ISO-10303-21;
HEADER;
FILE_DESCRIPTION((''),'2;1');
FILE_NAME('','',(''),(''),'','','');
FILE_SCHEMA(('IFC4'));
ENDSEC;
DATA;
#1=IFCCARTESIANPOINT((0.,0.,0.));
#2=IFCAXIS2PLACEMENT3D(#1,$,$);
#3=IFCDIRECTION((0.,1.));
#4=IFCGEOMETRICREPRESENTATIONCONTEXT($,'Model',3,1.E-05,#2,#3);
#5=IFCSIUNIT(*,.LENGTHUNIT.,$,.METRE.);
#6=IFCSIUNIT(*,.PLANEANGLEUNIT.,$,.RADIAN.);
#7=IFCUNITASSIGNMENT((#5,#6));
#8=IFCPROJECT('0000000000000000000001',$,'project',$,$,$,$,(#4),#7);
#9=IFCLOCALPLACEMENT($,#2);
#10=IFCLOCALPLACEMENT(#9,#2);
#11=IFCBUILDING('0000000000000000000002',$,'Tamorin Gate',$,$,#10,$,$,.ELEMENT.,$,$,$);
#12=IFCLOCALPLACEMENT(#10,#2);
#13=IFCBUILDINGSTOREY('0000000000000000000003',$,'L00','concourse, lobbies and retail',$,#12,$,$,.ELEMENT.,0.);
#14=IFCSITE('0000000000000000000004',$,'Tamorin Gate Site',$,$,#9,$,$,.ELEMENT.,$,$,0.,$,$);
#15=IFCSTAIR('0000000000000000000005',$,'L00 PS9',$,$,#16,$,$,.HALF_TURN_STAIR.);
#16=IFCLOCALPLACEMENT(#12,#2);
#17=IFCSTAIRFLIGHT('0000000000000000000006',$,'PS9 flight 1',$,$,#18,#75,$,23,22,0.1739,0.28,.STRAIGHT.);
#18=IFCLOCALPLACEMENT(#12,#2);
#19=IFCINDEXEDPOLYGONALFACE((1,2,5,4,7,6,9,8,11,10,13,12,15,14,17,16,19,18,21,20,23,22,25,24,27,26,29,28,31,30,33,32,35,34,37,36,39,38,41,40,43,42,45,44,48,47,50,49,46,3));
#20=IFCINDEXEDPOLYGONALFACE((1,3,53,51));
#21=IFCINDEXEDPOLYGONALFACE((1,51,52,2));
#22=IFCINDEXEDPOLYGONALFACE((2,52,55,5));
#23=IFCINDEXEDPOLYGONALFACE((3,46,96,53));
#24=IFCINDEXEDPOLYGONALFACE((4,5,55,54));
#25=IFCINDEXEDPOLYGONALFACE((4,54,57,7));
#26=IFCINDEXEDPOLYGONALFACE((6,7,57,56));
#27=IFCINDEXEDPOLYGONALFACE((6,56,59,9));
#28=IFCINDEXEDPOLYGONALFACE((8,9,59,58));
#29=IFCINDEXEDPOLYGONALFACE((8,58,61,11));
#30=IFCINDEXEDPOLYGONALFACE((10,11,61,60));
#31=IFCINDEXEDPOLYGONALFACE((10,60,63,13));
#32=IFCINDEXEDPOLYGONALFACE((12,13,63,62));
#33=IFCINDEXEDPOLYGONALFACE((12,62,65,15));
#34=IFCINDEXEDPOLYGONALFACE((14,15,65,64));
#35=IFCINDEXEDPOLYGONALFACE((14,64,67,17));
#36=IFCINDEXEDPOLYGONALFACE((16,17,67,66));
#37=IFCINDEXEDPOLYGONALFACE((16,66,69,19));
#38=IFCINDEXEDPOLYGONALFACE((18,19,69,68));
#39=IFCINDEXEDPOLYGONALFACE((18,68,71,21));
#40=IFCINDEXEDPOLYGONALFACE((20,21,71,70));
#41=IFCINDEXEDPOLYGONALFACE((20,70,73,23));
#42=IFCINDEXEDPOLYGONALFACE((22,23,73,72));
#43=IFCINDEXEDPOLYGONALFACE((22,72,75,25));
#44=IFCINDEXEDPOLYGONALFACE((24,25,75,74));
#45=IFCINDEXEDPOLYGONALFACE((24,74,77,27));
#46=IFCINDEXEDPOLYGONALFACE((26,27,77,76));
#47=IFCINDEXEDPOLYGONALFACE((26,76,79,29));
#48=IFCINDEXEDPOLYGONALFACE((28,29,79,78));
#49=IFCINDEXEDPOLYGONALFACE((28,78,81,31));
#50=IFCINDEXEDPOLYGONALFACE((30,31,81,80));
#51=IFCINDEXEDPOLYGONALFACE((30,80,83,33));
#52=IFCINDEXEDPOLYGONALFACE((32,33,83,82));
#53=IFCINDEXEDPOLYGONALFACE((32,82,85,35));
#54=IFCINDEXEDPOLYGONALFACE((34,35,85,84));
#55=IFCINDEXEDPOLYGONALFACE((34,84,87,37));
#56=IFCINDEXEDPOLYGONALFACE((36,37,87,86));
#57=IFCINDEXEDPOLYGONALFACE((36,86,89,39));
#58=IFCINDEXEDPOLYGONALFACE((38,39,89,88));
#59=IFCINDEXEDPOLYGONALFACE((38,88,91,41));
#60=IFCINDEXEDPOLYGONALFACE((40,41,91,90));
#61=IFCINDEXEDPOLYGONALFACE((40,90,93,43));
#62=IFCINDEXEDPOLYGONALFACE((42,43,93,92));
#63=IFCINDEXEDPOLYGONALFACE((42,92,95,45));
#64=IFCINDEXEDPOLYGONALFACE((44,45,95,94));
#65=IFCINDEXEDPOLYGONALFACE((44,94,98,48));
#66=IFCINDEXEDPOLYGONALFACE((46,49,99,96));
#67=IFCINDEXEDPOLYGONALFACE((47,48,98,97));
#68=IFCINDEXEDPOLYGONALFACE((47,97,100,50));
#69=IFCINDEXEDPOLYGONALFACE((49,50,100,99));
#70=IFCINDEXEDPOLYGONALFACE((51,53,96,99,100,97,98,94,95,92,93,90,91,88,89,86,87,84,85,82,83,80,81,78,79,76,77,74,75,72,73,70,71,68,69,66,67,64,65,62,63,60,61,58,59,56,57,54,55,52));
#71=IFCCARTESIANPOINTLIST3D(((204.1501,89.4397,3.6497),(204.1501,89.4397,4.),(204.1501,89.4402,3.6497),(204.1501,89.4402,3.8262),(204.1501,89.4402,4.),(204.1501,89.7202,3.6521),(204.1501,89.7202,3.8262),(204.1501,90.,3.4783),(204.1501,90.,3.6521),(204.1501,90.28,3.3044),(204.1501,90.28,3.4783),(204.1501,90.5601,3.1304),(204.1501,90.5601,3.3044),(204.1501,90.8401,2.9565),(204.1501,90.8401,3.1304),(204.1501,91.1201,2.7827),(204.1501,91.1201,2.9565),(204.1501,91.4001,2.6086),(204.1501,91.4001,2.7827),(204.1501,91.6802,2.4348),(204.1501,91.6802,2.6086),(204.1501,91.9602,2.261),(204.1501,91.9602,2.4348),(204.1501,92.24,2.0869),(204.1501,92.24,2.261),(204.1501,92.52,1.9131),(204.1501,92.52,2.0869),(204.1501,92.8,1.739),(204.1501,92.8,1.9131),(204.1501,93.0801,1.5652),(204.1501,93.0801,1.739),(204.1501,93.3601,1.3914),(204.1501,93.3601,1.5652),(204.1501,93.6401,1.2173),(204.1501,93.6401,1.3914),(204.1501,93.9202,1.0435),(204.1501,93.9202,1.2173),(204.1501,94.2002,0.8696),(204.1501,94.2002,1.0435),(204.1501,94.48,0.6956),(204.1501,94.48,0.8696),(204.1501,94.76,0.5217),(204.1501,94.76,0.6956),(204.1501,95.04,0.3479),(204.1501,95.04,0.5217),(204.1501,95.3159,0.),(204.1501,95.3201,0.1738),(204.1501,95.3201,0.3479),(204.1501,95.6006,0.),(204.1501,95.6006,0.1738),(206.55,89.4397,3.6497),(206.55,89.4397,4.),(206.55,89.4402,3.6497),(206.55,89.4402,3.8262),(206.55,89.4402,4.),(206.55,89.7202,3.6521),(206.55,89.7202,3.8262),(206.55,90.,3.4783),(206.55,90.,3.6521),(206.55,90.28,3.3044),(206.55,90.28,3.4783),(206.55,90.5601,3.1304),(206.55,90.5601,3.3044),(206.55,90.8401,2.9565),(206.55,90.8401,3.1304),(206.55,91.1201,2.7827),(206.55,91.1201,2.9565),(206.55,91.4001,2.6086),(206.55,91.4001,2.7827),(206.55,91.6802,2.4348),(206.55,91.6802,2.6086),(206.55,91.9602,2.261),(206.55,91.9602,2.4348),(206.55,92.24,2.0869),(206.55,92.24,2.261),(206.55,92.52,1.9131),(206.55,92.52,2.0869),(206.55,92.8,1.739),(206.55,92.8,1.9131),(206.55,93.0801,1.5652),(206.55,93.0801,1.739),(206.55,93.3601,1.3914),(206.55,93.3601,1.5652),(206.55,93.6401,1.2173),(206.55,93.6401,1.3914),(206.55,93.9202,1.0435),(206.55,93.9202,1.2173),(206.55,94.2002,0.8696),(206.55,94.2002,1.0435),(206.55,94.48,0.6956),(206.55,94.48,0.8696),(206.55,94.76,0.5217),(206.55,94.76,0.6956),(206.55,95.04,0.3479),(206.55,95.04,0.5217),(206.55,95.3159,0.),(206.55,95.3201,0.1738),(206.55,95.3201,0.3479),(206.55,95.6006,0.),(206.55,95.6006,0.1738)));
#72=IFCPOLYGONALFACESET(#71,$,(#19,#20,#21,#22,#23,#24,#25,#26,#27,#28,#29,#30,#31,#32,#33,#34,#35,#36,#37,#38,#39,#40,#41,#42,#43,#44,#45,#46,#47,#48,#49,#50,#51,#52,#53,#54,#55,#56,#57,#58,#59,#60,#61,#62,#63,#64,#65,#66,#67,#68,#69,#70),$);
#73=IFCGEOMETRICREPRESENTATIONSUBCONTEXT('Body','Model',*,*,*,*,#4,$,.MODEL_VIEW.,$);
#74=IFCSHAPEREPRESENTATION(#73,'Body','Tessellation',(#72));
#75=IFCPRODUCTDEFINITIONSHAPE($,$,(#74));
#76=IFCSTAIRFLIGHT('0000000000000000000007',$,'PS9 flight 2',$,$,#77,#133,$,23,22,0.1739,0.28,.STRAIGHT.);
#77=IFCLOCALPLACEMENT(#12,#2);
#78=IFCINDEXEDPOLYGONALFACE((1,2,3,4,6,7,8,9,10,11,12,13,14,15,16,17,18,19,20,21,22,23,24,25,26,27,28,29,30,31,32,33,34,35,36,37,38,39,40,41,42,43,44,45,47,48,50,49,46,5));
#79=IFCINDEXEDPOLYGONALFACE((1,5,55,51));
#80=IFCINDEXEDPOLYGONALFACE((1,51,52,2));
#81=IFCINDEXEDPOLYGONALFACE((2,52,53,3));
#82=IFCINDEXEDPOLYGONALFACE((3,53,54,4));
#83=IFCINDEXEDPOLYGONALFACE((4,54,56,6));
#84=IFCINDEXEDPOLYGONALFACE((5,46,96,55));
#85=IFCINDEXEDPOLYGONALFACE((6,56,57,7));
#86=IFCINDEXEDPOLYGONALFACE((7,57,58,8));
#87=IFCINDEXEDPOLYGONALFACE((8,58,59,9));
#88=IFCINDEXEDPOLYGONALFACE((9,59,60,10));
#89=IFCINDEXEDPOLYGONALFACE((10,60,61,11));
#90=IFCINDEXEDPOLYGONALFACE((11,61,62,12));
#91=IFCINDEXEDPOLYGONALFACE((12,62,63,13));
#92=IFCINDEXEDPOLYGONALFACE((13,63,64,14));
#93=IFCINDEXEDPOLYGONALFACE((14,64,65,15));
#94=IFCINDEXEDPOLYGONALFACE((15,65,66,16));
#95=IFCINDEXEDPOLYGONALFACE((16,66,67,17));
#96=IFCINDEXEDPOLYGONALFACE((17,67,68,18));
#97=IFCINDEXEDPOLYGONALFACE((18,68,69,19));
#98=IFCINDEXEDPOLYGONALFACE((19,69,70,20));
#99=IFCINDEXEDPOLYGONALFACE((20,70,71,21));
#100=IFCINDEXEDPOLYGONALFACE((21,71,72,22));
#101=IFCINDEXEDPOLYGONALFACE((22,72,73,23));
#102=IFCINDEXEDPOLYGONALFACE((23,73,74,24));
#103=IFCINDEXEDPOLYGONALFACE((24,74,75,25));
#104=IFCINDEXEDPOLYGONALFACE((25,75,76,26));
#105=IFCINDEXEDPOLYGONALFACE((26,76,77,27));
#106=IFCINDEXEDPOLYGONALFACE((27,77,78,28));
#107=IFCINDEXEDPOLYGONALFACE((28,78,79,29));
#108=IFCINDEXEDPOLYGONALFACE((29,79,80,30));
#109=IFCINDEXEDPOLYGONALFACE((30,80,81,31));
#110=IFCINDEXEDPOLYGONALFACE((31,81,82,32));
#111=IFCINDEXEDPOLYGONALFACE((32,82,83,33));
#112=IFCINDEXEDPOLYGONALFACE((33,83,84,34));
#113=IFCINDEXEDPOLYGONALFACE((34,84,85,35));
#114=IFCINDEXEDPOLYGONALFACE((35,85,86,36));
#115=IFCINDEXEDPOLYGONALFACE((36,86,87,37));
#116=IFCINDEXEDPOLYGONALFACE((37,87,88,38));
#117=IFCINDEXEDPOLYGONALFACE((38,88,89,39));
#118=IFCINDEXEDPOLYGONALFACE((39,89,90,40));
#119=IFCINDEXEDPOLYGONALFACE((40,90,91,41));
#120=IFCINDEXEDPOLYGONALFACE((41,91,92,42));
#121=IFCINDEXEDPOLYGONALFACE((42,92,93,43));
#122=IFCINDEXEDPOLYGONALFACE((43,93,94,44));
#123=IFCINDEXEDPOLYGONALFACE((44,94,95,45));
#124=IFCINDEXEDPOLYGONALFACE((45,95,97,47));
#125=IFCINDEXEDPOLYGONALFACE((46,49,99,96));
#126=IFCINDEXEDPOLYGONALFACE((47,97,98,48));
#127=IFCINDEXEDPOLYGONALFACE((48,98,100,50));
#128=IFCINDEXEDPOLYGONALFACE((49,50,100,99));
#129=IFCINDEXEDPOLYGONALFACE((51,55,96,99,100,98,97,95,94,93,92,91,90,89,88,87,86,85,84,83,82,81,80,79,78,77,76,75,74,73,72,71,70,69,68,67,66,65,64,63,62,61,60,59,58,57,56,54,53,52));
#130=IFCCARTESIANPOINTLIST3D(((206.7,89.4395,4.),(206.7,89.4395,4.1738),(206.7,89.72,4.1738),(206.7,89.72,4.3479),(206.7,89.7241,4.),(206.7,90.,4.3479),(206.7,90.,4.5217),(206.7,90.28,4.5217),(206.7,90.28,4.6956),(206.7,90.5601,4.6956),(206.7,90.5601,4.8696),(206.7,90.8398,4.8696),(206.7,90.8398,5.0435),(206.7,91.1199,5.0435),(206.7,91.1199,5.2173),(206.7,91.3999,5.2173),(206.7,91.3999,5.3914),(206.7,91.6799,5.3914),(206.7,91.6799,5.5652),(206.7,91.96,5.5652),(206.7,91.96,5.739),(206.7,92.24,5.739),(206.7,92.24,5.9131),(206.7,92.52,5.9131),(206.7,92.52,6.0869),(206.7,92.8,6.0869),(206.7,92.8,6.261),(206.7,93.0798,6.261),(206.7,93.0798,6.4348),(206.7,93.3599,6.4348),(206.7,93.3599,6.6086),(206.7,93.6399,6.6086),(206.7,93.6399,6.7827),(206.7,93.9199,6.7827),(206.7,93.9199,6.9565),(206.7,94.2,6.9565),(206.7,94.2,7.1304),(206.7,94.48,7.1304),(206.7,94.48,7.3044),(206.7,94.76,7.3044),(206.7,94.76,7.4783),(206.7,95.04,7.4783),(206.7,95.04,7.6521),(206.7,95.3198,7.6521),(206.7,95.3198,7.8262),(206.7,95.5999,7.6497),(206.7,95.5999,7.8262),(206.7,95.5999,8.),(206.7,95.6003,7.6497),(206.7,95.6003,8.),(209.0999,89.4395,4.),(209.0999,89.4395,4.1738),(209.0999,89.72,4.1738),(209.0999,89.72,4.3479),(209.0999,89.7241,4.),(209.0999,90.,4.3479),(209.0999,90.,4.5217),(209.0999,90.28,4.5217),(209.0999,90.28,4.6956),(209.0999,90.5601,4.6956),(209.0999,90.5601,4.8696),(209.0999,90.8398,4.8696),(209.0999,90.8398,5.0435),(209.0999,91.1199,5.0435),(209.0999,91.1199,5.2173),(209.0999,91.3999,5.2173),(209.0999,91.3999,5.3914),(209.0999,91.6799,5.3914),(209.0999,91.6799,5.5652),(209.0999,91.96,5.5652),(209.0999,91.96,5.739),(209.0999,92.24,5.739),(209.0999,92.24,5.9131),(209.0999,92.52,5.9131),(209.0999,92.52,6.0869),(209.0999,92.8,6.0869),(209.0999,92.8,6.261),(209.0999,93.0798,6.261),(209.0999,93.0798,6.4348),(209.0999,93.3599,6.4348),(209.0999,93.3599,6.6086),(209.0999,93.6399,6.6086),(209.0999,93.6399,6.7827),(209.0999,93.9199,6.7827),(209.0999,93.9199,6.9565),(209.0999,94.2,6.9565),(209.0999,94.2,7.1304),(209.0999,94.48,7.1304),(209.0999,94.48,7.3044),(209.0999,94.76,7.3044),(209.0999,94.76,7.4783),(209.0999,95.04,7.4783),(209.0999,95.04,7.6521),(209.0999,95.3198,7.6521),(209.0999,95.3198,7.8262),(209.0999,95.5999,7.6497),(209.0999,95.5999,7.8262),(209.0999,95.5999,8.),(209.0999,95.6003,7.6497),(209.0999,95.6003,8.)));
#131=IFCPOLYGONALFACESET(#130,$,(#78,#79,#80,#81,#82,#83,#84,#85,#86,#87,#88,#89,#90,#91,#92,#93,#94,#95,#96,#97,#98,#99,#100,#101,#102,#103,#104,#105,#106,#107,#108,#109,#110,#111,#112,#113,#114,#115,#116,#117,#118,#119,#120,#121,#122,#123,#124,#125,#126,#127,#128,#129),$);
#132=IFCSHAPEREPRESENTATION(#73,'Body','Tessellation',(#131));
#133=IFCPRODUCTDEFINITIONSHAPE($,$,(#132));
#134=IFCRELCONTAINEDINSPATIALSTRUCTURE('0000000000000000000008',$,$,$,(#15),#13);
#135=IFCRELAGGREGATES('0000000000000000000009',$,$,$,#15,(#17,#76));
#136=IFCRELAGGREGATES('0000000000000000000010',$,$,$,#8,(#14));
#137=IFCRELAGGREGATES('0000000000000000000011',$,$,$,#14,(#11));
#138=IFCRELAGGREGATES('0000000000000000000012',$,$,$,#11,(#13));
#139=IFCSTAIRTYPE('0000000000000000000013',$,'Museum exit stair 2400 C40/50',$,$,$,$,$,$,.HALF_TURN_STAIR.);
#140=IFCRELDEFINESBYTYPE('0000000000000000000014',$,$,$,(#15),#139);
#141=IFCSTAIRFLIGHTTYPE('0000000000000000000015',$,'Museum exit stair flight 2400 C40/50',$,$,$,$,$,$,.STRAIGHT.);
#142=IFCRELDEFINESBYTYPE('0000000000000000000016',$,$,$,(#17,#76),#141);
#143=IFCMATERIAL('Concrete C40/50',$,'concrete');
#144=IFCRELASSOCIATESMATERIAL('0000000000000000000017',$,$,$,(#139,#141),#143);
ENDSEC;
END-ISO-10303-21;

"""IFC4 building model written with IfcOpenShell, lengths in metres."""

from ifc_helpers import new_model, si_unit, direction, frame, origin, place, context, subcontext, project, spatial, polyline, outline, extrude, material, type_object, element, aggregate, save


model = new_model("IFC4")

# Units and contexts
model_context = context("Model", 3, precision=1e-05, world=origin(), true_north=direction((0.0, 1.0)))
body_context = subcontext(model_context, "Body", "Model", "MODEL_VIEW")
ifc_project = project(units=[si_unit("LENGTHUNIT", "METRE"), si_unit("PLANEANGLEUNIT", "RADIAN")], contexts=[model_context])

# Site, building, storey
site_placement = place(None, origin())
site = spatial("IfcSite", under=ifc_project, at=site_placement, Name="Tamorin Gate Site", CompositionType="ELEMENT", RefElevation=0.0)
building_placement = place(site_placement, origin())
building = spatial("IfcBuilding", under=site, at=building_placement, Name="Tamorin Gate", CompositionType="ELEMENT")
storey_placement = place(building_placement, origin())
storey = spatial("IfcBuildingStorey", under=building, at=storey_placement, Name="L00", Description="concourse, lobbies and retail", CompositionType="ELEMENT", Elevation=0.0)

# Shared definitions
ifc_material_1 = material(Name="Concrete C40/50", Category="concrete")

# Stair, stair flights
stair_type = type_object("IfcStairType", Name="Museum exit stair 2400 C40/50", PredefinedType="HALF_TURN_STAIR", material=ifc_material_1)
stair_placement = place(storey_placement, origin())
stair = element("IfcStair", 1, at=stair_placement, inside=storey, type_object=stair_type, Name="L00 PS9", PredefinedType="HALF_TURN_STAIR")
stair_flight_type = type_object("IfcStairFlightType", Name="Museum exit stair flight 2400 C40/50", PredefinedType="STRAIGHT", material=ifc_material_1)
stair_flight_1_placement = place(storey_placement, frame((205.3501, 95.6001, 0.0), z_axis=(0.0, 0.0, 1.0), x_axis=(0.0, -1.0, 0.0)))
stair_flight_1 = element("IfcStairFlight", 2, at=stair_flight_1_placement, type_object=stair_flight_type, Name="PS9 flight 1", NumberOfRisers=23, NumberOfTreads=22, PredefinedType="STRAIGHT", RiserHeight=0.1739, TreadLength=0.28, context=body_context, shape_type="SweptSolid", body=[
    extrude(outline(polyline([(-0.0005, 0.0), (-0.0005, 0.1738), (0.28, 0.1738), (0.28, 0.3479), (0.5601, 0.3479), (0.5601, 0.5217), (0.8401, 0.5217), (0.8401, 0.6956), (1.1201, 0.6956), (1.1201, 0.8696), (1.3999, 0.8696), (1.3999, 1.0435), (1.6799, 1.0435), (1.6799, 1.2173), (1.96, 1.2173), (1.96, 1.3914), (2.24, 1.3914), (2.24, 1.5652), (2.52, 1.5652), (2.52, 1.739), (2.8, 1.739), (2.8, 1.9131), (3.0801, 1.9131), (3.0801, 2.0869), (3.3601, 2.0869), (3.3601, 2.261), (3.6399, 2.261), (3.6399, 2.4348), (3.9199, 2.4348), (3.9199, 2.6086), (4.2, 2.6086), (4.2, 2.7827), (4.48, 2.7827), (4.48, 2.9565), (4.76, 2.9565), (4.76, 3.1304), (5.04, 3.1304), (5.04, 3.3044), (5.3201, 3.3044), (5.3201, 3.4783), (5.6001, 3.4783), (5.6001, 3.6521), (5.8799, 3.6521), (5.8799, 3.8262), (6.1599, 3.8262), (6.1599, 4.0), (6.1604, 4.0), (6.1604, 3.6497), (6.1599, 3.6497), (0.2842, 0.0), (-0.0005, 0.0)])), frame((0.0, 1.2, 0.0), z_axis=(0.0, -1.0, 0.0), x_axis=(1.0, 0.0, 0.0)), (0.0, 0.0, 1.0), 2.3999),
])
stair_flight_2_placement = place(storey_placement, frame((207.8999, 89.4399, 4.0), z_axis=(0.0, 0.0, 1.0), x_axis=(0.0, 1.0, 0.0)))
stair_flight_2 = element("IfcStairFlight", 3, at=stair_flight_2_placement, type_object=stair_flight_type, Name="PS9 flight 2", NumberOfRisers=23, NumberOfTreads=22, PredefinedType="STRAIGHT", RiserHeight=0.1739, TreadLength=0.28, context=body_context, shape_type="SweptSolid", body=[
    extrude(outline(polyline([(-0.0005, 0.0), (-0.0005, 0.1738), (0.28, 0.1738), (0.28, 0.3479), (0.5601, 0.3479), (0.5601, 0.5217), (0.8401, 0.5217), (0.8401, 0.6956), (1.1201, 0.6956), (1.1201, 0.8696), (1.3999, 0.8696), (1.3999, 1.0435), (1.6799, 1.0435), (1.6799, 1.2173), (1.96, 1.2173), (1.96, 1.3914), (2.24, 1.3914), (2.24, 1.5652), (2.52, 1.5652), (2.52, 1.739), (2.8, 1.739), (2.8, 1.9131), (3.0801, 1.9131), (3.0801, 2.0869), (3.3601, 2.0869), (3.3601, 2.261), (3.6399, 2.261), (3.6399, 2.4348), (3.9199, 2.4348), (3.9199, 2.6086), (4.2, 2.6086), (4.2, 2.7827), (4.48, 2.7827), (4.48, 2.9565), (4.76, 2.9565), (4.76, 3.1304), (5.04, 3.1304), (5.04, 3.3044), (5.3201, 3.3044), (5.3201, 3.4783), (5.6001, 3.4783), (5.6001, 3.6521), (5.8799, 3.6521), (5.8799, 3.8262), (6.1599, 3.8262), (6.1599, 4.0), (6.1604, 4.0), (6.1604, 3.6497), (6.1599, 3.6497), (0.2842, 0.0), (-0.0005, 0.0)])), frame((0.0, 1.2, 0.0), z_axis=(0.0, -1.0, 0.0), x_axis=(1.0, 0.0, 0.0)), (0.0, 0.0, 1.0), 2.3999),
])
aggregate(stair, [stair_flight_1, stair_flight_2])

save(model, "model.ifc")
